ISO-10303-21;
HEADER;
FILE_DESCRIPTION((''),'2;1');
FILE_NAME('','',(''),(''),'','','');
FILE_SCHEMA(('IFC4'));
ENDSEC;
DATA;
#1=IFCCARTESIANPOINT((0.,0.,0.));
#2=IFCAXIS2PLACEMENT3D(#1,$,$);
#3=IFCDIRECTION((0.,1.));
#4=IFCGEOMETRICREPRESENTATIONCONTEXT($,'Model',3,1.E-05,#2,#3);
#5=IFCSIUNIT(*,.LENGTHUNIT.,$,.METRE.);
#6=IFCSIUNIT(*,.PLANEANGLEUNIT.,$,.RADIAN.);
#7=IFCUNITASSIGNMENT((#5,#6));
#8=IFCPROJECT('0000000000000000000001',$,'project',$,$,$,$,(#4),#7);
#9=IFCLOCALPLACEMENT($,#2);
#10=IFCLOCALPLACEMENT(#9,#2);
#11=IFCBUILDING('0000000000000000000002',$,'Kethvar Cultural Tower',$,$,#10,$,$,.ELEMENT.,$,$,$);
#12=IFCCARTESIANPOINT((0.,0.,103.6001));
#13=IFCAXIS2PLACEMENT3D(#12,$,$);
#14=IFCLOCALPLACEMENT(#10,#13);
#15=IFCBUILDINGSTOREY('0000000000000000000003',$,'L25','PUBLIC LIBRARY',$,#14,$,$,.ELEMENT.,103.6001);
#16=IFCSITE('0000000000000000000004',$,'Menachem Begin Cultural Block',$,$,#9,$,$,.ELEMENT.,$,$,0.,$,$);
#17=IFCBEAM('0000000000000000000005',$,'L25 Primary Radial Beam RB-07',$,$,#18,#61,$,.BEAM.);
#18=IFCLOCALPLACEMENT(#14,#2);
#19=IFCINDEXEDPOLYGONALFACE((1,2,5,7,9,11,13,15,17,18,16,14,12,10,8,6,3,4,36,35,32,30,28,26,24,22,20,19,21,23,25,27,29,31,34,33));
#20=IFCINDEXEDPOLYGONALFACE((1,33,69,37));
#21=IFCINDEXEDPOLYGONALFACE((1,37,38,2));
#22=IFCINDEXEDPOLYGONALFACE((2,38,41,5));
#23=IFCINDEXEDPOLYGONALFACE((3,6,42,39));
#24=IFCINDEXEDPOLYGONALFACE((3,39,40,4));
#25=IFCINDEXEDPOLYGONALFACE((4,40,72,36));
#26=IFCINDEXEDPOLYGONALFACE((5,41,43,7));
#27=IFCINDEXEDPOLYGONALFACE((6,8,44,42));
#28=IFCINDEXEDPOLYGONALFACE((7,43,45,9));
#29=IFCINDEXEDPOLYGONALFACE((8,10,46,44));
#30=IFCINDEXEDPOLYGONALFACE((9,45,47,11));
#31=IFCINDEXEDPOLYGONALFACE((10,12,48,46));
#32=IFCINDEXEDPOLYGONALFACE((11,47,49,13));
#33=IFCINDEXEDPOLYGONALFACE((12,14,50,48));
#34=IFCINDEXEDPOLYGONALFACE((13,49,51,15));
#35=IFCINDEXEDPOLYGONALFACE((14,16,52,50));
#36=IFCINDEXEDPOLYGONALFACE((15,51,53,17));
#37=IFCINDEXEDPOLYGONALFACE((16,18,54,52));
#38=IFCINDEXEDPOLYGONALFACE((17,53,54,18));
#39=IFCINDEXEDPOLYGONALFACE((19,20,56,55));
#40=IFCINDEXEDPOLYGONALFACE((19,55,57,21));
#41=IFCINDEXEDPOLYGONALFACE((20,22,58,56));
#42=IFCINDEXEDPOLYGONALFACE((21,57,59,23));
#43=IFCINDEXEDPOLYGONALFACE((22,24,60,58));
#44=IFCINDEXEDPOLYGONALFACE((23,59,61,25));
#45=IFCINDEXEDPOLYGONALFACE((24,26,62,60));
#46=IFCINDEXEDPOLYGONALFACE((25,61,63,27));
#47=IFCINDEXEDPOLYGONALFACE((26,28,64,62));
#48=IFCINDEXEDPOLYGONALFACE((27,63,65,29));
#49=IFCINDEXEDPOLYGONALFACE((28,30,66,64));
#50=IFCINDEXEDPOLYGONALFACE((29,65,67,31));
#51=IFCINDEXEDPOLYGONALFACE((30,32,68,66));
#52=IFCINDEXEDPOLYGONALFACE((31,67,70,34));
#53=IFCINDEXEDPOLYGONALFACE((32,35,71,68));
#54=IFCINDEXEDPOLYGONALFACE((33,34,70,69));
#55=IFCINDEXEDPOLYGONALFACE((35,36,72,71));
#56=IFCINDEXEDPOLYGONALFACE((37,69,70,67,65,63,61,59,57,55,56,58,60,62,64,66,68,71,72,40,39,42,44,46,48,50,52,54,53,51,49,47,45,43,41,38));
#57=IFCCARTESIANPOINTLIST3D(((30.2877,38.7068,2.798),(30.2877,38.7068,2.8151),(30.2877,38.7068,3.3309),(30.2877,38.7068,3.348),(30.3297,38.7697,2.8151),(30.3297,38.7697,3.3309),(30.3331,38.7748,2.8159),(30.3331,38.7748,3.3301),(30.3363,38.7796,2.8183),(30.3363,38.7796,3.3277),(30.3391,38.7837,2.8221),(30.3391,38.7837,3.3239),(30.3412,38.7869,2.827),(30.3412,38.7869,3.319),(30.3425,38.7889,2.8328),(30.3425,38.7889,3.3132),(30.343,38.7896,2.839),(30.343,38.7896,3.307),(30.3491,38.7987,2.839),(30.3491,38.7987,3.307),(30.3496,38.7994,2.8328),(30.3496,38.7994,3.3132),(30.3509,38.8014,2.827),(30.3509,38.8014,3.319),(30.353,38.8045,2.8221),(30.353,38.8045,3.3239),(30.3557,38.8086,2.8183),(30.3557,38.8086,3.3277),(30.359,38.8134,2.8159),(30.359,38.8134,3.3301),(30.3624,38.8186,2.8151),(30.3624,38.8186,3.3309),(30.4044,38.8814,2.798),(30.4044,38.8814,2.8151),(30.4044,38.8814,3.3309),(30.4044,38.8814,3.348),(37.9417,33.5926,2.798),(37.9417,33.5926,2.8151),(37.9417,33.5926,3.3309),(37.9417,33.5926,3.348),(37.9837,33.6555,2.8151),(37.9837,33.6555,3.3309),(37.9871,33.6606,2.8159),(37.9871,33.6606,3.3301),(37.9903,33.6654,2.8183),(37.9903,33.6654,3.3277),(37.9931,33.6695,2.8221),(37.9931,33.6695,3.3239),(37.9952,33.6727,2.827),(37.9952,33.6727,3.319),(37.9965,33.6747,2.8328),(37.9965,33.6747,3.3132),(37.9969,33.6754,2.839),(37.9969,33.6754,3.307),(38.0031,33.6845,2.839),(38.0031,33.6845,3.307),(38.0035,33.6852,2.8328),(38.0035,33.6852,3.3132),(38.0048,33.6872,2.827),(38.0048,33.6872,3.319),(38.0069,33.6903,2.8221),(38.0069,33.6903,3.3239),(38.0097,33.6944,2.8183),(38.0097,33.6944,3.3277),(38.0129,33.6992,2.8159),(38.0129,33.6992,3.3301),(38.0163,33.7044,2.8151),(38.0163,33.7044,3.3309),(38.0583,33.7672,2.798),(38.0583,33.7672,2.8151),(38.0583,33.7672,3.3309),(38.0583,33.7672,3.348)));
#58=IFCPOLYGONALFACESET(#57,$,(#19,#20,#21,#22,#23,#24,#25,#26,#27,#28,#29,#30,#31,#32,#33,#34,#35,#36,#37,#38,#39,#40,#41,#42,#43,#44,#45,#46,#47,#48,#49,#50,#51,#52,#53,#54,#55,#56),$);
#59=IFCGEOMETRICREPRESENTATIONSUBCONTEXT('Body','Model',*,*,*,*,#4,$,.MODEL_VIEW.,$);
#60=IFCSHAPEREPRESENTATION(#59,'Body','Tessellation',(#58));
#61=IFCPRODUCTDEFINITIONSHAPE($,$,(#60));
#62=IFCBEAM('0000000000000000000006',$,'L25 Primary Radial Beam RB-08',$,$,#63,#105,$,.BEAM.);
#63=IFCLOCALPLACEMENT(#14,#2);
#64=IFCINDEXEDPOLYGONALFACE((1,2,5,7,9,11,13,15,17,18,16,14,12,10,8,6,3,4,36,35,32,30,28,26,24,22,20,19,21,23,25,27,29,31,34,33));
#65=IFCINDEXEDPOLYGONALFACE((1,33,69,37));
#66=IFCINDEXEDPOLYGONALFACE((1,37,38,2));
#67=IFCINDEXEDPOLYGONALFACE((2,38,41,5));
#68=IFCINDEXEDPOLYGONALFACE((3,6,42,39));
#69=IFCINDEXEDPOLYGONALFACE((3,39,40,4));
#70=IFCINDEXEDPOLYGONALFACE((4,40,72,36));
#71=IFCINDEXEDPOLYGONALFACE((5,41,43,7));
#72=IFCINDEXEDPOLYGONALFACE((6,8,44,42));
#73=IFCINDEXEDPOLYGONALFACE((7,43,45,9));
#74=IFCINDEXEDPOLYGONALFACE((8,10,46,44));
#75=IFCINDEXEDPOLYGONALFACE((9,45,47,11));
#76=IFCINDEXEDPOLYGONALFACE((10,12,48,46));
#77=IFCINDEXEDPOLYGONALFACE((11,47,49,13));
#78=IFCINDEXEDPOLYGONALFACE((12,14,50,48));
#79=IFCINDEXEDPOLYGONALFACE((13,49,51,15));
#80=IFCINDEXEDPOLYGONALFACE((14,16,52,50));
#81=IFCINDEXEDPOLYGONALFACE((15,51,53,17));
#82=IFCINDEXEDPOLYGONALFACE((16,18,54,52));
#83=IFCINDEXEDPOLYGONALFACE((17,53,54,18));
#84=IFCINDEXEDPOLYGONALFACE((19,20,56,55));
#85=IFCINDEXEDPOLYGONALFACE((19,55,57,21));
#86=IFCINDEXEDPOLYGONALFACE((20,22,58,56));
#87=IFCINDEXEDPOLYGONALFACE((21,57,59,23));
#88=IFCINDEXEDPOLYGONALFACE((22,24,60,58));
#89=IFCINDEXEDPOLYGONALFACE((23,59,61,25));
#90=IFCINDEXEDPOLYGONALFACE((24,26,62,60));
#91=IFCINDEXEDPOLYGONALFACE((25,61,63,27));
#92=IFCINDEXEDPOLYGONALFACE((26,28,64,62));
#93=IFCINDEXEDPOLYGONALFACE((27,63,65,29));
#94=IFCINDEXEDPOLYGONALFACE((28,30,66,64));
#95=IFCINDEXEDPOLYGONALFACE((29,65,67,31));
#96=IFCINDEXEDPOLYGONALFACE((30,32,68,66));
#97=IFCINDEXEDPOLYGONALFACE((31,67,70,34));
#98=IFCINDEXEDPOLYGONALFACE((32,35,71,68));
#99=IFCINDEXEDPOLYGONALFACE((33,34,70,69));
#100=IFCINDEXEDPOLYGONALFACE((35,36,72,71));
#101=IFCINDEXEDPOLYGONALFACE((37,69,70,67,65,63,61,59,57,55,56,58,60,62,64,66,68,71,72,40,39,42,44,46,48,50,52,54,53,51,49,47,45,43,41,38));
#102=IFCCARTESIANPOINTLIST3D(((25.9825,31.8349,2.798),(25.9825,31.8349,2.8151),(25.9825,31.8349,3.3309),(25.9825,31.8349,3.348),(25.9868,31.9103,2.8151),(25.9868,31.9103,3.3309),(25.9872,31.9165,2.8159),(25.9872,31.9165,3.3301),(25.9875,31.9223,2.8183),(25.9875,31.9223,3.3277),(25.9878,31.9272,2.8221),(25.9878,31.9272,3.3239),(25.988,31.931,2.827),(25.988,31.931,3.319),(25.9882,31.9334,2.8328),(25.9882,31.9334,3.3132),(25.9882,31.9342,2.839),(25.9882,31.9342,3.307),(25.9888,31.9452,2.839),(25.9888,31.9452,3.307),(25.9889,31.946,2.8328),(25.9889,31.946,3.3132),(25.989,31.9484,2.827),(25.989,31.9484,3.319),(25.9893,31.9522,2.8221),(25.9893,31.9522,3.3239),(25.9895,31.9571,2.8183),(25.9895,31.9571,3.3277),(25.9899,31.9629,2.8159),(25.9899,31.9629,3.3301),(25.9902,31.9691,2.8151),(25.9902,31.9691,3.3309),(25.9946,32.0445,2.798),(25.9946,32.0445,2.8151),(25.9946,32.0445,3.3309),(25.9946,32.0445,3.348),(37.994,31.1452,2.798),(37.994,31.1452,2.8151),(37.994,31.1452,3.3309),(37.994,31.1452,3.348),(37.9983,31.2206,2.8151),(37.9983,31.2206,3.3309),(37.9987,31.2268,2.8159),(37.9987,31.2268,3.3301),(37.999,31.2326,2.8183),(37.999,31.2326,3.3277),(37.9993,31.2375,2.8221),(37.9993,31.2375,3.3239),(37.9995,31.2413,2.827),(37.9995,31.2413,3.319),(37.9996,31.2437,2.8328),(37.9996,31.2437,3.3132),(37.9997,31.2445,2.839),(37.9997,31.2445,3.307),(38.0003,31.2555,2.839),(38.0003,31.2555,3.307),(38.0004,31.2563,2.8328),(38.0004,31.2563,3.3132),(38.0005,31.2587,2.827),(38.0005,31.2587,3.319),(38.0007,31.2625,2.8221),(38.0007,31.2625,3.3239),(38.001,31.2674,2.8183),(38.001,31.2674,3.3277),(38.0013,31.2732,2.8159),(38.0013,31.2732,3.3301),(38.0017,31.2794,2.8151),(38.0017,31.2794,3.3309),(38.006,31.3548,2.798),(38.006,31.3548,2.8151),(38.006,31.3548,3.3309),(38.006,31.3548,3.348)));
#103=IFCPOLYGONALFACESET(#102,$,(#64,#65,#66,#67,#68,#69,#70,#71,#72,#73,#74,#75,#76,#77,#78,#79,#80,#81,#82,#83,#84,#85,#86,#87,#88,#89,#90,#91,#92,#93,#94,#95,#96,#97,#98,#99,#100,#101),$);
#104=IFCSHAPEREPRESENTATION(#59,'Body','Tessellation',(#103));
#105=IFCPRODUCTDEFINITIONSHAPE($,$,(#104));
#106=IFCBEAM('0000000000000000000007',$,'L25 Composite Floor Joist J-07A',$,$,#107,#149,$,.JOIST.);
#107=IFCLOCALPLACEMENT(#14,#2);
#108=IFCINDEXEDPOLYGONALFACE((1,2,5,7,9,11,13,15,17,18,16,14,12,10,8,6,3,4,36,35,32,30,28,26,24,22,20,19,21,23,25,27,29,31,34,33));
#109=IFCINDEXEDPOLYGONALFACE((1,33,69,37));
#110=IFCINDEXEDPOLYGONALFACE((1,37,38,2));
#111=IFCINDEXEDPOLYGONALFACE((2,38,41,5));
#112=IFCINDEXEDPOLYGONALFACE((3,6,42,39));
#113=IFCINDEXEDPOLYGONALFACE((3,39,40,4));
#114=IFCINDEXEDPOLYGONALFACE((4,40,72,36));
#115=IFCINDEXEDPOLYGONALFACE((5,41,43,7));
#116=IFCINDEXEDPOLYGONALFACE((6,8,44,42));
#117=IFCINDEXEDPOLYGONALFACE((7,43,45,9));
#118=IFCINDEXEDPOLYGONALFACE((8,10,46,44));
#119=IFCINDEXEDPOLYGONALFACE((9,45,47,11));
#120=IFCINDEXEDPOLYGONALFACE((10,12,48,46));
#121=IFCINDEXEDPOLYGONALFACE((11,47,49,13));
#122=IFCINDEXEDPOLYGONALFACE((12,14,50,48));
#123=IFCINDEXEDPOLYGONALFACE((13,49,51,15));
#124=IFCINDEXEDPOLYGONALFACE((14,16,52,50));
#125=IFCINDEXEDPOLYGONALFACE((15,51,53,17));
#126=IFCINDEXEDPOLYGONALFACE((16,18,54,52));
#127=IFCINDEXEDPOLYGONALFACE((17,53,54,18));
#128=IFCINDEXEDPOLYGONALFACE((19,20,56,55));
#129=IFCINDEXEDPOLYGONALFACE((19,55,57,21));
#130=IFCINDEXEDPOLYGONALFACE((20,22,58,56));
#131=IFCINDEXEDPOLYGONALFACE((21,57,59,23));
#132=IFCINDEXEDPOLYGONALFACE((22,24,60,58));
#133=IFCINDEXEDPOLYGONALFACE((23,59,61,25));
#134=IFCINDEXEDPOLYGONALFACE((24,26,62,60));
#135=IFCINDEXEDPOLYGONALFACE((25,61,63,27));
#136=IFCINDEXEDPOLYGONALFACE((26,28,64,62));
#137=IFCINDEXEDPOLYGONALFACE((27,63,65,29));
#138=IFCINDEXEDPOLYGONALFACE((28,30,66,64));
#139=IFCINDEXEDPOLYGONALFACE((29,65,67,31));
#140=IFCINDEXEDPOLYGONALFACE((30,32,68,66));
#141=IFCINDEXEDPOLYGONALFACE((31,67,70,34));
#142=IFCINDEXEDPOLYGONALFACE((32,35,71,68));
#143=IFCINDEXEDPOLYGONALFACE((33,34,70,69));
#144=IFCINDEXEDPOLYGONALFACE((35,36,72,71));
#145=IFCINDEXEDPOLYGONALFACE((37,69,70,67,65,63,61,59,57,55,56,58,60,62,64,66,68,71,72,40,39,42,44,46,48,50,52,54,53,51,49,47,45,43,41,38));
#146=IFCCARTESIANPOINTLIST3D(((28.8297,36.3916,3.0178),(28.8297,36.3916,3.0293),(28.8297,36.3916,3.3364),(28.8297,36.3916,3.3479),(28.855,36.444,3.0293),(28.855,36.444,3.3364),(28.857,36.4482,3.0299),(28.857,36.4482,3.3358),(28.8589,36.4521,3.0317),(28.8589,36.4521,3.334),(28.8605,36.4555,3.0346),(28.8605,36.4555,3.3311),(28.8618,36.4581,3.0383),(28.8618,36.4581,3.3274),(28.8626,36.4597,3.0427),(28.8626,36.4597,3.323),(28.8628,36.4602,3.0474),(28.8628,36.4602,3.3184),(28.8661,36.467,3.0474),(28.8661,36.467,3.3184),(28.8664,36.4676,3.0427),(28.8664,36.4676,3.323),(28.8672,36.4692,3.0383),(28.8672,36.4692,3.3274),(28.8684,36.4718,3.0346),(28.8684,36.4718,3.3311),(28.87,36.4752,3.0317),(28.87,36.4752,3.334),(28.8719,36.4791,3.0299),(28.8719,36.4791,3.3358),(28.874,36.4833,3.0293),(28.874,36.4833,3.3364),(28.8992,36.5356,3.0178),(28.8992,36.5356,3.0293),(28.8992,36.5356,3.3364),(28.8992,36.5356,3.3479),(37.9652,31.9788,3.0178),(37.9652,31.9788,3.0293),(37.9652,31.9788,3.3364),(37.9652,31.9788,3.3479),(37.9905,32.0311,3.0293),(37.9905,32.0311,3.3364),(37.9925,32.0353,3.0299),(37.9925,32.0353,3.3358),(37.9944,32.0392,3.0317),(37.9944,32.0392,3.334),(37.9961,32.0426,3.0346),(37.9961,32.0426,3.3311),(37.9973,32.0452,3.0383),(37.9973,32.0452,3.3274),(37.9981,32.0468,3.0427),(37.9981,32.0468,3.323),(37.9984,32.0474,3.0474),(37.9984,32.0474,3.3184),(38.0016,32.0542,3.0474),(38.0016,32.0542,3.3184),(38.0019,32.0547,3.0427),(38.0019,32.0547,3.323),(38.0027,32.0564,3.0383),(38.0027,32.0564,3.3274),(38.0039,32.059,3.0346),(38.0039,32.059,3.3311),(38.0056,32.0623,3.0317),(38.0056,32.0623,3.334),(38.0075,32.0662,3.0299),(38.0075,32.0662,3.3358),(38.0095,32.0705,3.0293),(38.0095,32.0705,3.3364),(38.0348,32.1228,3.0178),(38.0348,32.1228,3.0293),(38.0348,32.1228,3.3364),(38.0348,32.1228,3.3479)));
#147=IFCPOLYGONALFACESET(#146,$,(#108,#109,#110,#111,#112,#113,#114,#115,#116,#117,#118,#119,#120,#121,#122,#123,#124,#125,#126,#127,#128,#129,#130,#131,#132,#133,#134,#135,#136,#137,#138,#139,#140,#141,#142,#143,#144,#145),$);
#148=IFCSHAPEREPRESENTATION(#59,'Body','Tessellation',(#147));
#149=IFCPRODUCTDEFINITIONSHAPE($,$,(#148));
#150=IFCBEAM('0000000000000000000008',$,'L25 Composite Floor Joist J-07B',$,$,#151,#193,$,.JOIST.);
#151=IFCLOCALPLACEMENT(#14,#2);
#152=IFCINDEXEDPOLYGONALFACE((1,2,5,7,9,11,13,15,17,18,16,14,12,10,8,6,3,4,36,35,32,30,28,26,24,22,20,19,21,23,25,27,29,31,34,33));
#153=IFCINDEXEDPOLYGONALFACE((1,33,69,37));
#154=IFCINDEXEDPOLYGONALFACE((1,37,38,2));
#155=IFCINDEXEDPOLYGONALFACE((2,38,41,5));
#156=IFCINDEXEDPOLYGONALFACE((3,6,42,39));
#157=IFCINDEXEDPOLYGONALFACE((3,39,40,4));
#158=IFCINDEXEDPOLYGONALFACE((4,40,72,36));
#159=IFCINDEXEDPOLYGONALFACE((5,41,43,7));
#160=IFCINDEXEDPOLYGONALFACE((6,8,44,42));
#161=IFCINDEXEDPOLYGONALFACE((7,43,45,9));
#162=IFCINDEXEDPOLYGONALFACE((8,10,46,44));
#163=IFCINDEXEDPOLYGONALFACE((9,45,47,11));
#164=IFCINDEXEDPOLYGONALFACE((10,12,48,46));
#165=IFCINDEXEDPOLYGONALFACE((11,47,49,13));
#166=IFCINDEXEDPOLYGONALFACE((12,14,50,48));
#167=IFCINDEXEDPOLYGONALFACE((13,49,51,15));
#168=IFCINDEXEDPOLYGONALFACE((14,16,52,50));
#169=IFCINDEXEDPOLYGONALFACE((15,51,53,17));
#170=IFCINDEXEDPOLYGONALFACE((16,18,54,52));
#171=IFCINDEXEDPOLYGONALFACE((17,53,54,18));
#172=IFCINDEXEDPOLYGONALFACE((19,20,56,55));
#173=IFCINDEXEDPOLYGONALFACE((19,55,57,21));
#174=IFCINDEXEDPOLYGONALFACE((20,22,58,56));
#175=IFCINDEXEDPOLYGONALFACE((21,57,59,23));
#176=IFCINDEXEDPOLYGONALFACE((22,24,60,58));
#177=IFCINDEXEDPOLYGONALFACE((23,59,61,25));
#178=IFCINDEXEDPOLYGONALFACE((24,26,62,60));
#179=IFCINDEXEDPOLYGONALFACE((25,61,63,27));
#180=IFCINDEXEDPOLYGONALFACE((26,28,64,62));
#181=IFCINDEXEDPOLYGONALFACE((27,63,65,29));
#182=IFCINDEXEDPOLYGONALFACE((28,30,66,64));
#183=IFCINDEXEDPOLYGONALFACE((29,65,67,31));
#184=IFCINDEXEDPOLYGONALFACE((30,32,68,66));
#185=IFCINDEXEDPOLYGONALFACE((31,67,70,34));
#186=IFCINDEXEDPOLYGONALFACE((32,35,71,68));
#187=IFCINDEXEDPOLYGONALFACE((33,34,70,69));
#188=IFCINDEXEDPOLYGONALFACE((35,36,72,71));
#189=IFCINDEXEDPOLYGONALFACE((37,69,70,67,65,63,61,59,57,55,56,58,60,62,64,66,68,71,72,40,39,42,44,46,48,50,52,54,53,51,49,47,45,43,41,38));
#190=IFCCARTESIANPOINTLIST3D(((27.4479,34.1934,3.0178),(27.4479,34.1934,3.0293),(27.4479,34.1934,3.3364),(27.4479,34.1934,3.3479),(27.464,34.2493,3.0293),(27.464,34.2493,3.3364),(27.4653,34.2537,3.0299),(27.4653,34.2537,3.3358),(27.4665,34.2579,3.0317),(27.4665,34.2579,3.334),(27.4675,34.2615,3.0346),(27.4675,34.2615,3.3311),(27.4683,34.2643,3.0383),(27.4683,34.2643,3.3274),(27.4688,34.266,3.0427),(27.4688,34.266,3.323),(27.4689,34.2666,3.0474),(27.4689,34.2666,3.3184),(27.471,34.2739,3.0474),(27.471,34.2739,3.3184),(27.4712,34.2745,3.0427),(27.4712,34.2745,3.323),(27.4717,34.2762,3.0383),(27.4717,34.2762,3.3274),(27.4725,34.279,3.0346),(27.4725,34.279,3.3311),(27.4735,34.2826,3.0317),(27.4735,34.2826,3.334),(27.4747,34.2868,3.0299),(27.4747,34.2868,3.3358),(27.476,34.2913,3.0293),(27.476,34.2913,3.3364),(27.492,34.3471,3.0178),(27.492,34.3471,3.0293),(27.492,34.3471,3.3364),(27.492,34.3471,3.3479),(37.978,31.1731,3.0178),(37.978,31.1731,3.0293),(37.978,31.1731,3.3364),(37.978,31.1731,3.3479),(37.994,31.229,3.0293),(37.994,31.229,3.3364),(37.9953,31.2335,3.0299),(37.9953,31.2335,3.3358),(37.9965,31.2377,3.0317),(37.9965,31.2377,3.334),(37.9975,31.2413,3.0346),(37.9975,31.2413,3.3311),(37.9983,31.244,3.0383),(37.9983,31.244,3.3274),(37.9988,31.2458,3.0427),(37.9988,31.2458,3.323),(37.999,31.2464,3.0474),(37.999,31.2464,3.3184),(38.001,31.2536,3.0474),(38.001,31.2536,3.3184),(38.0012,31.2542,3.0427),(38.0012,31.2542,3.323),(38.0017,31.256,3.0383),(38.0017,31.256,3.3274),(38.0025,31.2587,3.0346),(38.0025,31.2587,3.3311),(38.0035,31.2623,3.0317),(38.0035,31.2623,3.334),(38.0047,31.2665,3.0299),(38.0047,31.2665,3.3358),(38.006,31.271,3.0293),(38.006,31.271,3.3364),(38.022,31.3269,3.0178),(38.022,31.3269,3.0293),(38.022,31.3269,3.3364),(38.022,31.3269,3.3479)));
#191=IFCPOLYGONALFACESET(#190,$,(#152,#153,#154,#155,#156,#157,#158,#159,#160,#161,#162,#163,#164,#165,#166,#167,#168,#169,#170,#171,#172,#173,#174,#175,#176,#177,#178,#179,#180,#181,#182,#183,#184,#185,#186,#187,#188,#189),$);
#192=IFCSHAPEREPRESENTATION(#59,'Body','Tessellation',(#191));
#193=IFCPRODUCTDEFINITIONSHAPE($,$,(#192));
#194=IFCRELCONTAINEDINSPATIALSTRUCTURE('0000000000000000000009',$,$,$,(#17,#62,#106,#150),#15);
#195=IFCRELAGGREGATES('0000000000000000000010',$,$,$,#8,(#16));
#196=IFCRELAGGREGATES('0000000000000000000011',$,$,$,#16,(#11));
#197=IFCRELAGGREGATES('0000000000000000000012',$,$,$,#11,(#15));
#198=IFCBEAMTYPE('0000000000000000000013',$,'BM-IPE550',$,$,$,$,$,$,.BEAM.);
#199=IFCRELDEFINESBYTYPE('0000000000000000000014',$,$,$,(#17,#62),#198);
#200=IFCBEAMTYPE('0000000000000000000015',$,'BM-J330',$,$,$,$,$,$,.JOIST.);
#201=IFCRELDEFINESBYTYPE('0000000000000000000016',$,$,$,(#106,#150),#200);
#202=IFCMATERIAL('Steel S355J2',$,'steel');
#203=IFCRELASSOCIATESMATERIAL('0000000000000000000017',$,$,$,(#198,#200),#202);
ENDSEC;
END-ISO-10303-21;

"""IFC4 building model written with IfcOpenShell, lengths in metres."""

from ifc_helpers import new_model, si_unit, direction, frame, origin, origin_2d, place, context, subcontext, project, spatial, i_section, extrude, source, transform, mapped, material, material_profile, profile_set, type_object, element, save


model = new_model("IFC4")

# Units and contexts
model_context = context("Model", 3, precision=1e-05, world=origin(), true_north=direction((0.0, 1.0)))
body_context = subcontext(model_context, "Body", "Model", "MODEL_VIEW")
ifc_project = project(units=[si_unit("LENGTHUNIT", "METRE"), si_unit("PLANEANGLEUNIT", "RADIAN")], contexts=[model_context])

# Site, building, storey
site_placement = place(None, origin())
site = spatial("IfcSite", under=ifc_project, at=site_placement, Name="Menachem Begin Cultural Block", CompositionType="ELEMENT", RefElevation=0.0)
building_placement = place(site_placement, origin())
building = spatial("IfcBuilding", under=site, at=building_placement, Name="Kethvar Cultural Tower", CompositionType="ELEMENT")
storey_placement = place(building_placement, frame((0.0, 0.0, 103.6001)))
storey = spatial("IfcBuildingStorey", under=building, at=storey_placement, Name="L25", Description="PUBLIC LIBRARY", CompositionType="ELEMENT", Elevation=103.6001)

# Beams
ifc_material_1 = material(Name="Steel S355J2", Category="steel")
ifc_material_profile_1 = material_profile(ifc_material_1, i_section(OverallWidth=0.21, OverallDepth=0.55, WebThickness=0.011, FlangeThickness=0.0171, FilletRadius=0.0239, at=origin_2d()), Name="Steel S355J2 — IPE550")
ifc_profile_set_1 = profile_set([ifc_material_profile_1], Name="Steel S355J2 — IPE550")
beam_type_1 = type_object("IfcBeamType", Name="BM-IPE550", PredefinedType="BEAM", material=ifc_profile_set_1)
shared_shape_1 = source(origin(), body_context, "Body", "SweptSolid", [
    extrude(i_section(OverallWidth=0.21, OverallDepth=0.55, WebThickness=0.011, FlangeThickness=0.0171, FilletRadius=0.0239, at=origin_2d()), origin(), (0.0, 0.0, 1.0), 9.2053),
])
beam_1_placement = place(storey_placement, frame((38.0, 33.6799, 3.073), z_axis=(-0.83147, 0.555569, 0.0), x_axis=(-0.555569, -0.83147, 0.0)))
element("IfcBeam", 1, at=beam_1_placement, inside=storey, type_object=beam_type_1, Name="L25 Primary Radial Beam RB-07", PredefinedType="BEAM", context=body_context, shape_type="MappedRepresentation", body=[
    mapped(shared_shape_1, transform((0.0, 0.0, 0.0), scale=1.0)),
])
shared_shape_2 = source(origin(), body_context, "Body", "SweptSolid", [
    extrude(i_section(OverallWidth=0.21, OverallDepth=0.55, WebThickness=0.011, FlangeThickness=0.0171, FilletRadius=0.0239, at=origin_2d()), origin(), (0.0, 0.0, 1.0), 12.0312),
])
beam_2_placement = place(storey_placement, frame((38.0, 31.25, 3.073), z_axis=(-0.998356, 0.057325, 0.0), x_axis=(-0.057325, -0.998356, 0.0)))
element("IfcBeam", 2, at=beam_2_placement, inside=storey, type_object=beam_type_1, Name="L25 Primary Radial Beam RB-08", PredefinedType="BEAM", context=body_context, shape_type="MappedRepresentation", body=[
    mapped(shared_shape_2, transform((0.0, 0.0, 0.0), scale=1.0)),
])
ifc_material_profile_2 = material_profile(ifc_material_1, i_section(OverallWidth=0.1599, OverallDepth=0.3301, WebThickness=0.0076, FlangeThickness=0.0115, FilletRadius=0.0181, at=origin_2d()), Name="Steel S355J2 — IPE330")
ifc_profile_set_2 = profile_set([ifc_material_profile_2], Name="Steel S355J2 — IPE330")
beam_type_2 = type_object("IfcBeamType", Name="BM-J330", PredefinedType="JOIST", material=ifc_profile_set_2)
shared_shape_3 = source(origin(), body_context, "Body", "SweptSolid", [
    extrude(i_section(OverallWidth=0.1599, OverallDepth=0.3301, WebThickness=0.0076, FlangeThickness=0.0115, FilletRadius=0.0181, at=origin_2d()), origin(), (0.0, 0.0, 1.0), 10.1455),
])
beam_3_placement = place(storey_placement, frame((38.0, 32.0508, 3.1829), z_axis=(-0.900451, 0.434957, 0.0), x_axis=(-0.434957, -0.900451, 0.0)))
element("IfcBeam", 3, at=beam_3_placement, inside=storey, type_object=beam_type_2, Name="L25 Composite Floor Joist J-07A", PredefinedType="JOIST", context=body_context, shape_type="MappedRepresentation", body=[
    mapped(shared_shape_3, transform((0.0, 0.0, 0.0), scale=1.0)),
])
shared_shape_4 = source(origin(), body_context, "Body", "SweptSolid", [
    extrude(i_section(OverallWidth=0.1599, OverallDepth=0.3301, WebThickness=0.0076, FlangeThickness=0.0115, FilletRadius=0.0181, at=origin_2d()), origin(), (0.0, 0.0, 1.0), 10.9546),
])
beam_4_placement = place(storey_placement, frame((38.0, 31.25, 3.1829), z_axis=(-0.961242, 0.275707, 0.0), x_axis=(-0.275707, -0.961242, 0.0)))
element("IfcBeam", 4, at=beam_4_placement, inside=storey, type_object=beam_type_2, Name="L25 Composite Floor Joist J-07B", PredefinedType="JOIST", context=body_context, shape_type="MappedRepresentation", body=[
    mapped(shared_shape_4, transform((0.0, 0.0, 0.0), scale=1.0)),
])

save(model, "model.ifc")
